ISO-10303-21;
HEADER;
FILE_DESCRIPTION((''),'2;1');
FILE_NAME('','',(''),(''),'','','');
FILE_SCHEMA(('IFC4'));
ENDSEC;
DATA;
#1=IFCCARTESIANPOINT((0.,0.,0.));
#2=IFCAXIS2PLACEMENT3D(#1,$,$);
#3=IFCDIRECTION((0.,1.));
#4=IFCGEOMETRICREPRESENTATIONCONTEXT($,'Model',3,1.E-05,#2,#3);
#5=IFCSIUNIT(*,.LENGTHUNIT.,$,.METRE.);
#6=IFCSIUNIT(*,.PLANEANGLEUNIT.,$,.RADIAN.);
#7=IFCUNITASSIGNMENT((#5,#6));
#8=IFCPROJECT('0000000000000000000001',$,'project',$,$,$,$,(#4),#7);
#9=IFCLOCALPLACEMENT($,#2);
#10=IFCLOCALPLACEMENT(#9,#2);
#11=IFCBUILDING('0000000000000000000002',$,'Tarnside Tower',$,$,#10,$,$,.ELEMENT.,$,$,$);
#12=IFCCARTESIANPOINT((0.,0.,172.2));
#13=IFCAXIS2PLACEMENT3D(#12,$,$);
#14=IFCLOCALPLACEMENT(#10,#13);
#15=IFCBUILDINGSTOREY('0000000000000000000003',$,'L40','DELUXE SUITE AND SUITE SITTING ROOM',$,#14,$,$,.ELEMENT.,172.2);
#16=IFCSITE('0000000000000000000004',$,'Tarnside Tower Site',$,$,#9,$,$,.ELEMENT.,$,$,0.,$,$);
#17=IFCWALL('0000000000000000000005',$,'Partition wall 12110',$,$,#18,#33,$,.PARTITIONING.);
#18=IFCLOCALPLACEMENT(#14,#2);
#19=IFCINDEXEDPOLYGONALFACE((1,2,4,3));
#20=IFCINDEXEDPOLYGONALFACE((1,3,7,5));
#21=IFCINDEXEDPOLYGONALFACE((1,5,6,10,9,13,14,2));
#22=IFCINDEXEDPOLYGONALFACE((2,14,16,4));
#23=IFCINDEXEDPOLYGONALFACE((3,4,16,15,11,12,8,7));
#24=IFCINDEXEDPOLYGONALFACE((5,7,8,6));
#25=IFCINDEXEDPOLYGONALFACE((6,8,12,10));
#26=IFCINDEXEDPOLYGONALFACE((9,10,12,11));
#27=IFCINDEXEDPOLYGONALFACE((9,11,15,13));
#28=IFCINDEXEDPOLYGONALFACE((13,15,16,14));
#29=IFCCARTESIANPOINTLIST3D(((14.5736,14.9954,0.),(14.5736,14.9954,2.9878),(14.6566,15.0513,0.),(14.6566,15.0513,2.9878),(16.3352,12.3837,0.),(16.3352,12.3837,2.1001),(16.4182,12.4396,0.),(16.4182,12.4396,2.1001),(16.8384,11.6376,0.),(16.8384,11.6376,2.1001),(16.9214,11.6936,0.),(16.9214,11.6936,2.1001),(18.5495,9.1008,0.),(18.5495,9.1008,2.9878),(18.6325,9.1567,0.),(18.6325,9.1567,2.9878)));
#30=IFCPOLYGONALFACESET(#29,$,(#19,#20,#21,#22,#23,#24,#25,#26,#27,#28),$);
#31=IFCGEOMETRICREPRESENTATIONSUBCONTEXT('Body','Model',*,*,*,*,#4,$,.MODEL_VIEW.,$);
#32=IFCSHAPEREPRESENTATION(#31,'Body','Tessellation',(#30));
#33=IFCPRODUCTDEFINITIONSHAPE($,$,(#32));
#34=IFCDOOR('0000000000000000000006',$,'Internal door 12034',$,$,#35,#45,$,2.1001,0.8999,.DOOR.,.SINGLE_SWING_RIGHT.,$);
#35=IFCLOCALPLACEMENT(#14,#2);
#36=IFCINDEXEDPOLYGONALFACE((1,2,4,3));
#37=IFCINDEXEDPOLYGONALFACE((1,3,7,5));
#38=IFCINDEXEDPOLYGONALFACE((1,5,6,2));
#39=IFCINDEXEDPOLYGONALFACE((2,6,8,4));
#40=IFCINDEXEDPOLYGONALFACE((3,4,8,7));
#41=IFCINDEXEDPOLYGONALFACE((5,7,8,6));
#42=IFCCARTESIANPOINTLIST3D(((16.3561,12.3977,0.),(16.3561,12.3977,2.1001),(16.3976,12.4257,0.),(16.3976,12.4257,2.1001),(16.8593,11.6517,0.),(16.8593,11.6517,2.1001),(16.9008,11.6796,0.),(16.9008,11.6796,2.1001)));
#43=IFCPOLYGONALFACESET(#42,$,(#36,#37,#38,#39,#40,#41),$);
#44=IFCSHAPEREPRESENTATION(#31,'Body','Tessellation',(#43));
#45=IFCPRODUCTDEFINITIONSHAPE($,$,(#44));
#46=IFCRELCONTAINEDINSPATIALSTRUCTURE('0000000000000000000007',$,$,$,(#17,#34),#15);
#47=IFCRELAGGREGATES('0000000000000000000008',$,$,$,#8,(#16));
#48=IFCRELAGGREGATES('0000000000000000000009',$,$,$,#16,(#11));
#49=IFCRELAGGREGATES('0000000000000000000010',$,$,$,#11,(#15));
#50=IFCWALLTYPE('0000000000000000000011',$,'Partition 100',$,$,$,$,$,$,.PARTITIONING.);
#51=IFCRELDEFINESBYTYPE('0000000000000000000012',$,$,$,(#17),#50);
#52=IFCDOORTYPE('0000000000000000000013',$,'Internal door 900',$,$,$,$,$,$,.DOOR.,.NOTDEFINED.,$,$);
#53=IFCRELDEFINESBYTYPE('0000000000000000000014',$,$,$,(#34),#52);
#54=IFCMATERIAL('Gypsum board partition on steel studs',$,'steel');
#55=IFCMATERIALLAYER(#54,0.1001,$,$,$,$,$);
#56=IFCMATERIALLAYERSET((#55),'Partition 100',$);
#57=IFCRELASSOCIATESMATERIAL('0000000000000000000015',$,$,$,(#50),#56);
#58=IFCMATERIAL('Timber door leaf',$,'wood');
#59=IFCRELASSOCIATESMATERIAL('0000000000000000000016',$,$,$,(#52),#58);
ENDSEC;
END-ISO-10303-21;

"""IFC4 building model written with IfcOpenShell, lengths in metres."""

from ifc_helpers import new_model, si_unit, direction, frame, frame_2d, origin, place, context, subcontext, project, spatial, rectangle, extrude, material, layer, layer_set, type_object, element, fill, save


model = new_model("IFC4")

# Units and contexts
model_context = context("Model", 3, precision=1e-05, world=origin(), true_north=direction((0.0, 1.0)))
body_context = subcontext(model_context, "Body", "Model", "MODEL_VIEW")
ifc_project = project(units=[si_unit("LENGTHUNIT", "METRE"), si_unit("PLANEANGLEUNIT", "RADIAN")], contexts=[model_context])

# Site, building, storey
site_placement = place(None, origin())
site = spatial("IfcSite", under=ifc_project, at=site_placement, Name="Tarnside Tower Site", CompositionType="ELEMENT", RefElevation=0.0)
building_placement = place(site_placement, origin())
building = spatial("IfcBuilding", under=site, at=building_placement, Name="Tarnside Tower", CompositionType="ELEMENT")
storey_placement = place(building_placement, frame((0.0, 0.0, 172.2)))
storey = spatial("IfcBuildingStorey", under=building, at=storey_placement, Name="L40", Description="DELUXE SUITE AND SUITE SITTING ROOM", CompositionType="ELEMENT", Elevation=172.2)

# Shared definitions
ifc_material_1 = material(Name="Gypsum board partition on steel studs", Category="steel")

# Shared definitions
ifc_material_2 = material(Name="Timber door leaf", Category="wood")

# Wall, opening, door
ifc_layer_1 = layer(ifc_material_1, 0.1001)
ifc_layer_set_1 = layer_set([ifc_layer_1], Name="Partition 100")
wall_type_1 = type_object("IfcWallType", Name="Partition 100", PredefinedType="PARTITIONING", material=ifc_layer_set_1)
wall_1_placement = place(storey_placement, frame((18.5911, 9.1287, 0.0), z_axis=(0.0, 0.0, 1.0), x_axis=(-0.559185, 0.829043, 0.0)))
wall_1 = element("IfcWall", 1, at=wall_1_placement, inside=storey, type_object=wall_type_1, Name="Partition wall 12110", PredefinedType="PARTITIONING", context=body_context, shape_type="SweptSolid", body=[
    extrude(rectangle(XDim=7.1101, YDim=0.1001, at=frame_2d((3.5552, 0.0))), origin(), (0.0, 0.0, 1.0), 2.9878),
])
opening_1_placement = place(wall_1_placement, frame((3.0601, 0.0, 0.0)))
opening_1 = element("IfcOpeningElement", 2, at=opening_1_placement, cuts=wall_1, PredefinedType="OPENING", context=body_context, shape_type="SweptSolid", body=[
    extrude(rectangle(XDim=0.8999, YDim=2.1001, at=frame_2d((0.45, 1.05))), frame((0.0, 0.0601, 0.0), z_axis=(0.0, -1.0, 0.0), x_axis=(1.0, 0.0, 0.0)), (0.0, 0.0, 1.0), 0.1201),
])
door_type_1 = type_object("IfcDoorType", Name="Internal door 900", OperationType="NOTDEFINED", PredefinedType="DOOR", material=ifc_material_2)
door_1_placement = place(opening_1_placement, origin())
door_1 = element("IfcDoor", 3, at=door_1_placement, inside=storey, type_object=door_type_1, Name="Internal door 12034", OperationType="SINGLE_SWING_RIGHT", OverallHeight=2.1001, OverallWidth=0.8999, PredefinedType="DOOR", context=body_context, shape_type="SweptSolid", body=[
    extrude(rectangle(XDim=0.8999, YDim=2.1001, at=frame_2d((0.45, 1.05))), frame((0.0, 0.0249, 0.0), z_axis=(0.0, -1.0, 0.0), x_axis=(1.0, 0.0, 0.0)), (0.0, 0.0, 1.0), 0.05),
])
fill(opening_1, door_1)

save(model, "model.ifc")
